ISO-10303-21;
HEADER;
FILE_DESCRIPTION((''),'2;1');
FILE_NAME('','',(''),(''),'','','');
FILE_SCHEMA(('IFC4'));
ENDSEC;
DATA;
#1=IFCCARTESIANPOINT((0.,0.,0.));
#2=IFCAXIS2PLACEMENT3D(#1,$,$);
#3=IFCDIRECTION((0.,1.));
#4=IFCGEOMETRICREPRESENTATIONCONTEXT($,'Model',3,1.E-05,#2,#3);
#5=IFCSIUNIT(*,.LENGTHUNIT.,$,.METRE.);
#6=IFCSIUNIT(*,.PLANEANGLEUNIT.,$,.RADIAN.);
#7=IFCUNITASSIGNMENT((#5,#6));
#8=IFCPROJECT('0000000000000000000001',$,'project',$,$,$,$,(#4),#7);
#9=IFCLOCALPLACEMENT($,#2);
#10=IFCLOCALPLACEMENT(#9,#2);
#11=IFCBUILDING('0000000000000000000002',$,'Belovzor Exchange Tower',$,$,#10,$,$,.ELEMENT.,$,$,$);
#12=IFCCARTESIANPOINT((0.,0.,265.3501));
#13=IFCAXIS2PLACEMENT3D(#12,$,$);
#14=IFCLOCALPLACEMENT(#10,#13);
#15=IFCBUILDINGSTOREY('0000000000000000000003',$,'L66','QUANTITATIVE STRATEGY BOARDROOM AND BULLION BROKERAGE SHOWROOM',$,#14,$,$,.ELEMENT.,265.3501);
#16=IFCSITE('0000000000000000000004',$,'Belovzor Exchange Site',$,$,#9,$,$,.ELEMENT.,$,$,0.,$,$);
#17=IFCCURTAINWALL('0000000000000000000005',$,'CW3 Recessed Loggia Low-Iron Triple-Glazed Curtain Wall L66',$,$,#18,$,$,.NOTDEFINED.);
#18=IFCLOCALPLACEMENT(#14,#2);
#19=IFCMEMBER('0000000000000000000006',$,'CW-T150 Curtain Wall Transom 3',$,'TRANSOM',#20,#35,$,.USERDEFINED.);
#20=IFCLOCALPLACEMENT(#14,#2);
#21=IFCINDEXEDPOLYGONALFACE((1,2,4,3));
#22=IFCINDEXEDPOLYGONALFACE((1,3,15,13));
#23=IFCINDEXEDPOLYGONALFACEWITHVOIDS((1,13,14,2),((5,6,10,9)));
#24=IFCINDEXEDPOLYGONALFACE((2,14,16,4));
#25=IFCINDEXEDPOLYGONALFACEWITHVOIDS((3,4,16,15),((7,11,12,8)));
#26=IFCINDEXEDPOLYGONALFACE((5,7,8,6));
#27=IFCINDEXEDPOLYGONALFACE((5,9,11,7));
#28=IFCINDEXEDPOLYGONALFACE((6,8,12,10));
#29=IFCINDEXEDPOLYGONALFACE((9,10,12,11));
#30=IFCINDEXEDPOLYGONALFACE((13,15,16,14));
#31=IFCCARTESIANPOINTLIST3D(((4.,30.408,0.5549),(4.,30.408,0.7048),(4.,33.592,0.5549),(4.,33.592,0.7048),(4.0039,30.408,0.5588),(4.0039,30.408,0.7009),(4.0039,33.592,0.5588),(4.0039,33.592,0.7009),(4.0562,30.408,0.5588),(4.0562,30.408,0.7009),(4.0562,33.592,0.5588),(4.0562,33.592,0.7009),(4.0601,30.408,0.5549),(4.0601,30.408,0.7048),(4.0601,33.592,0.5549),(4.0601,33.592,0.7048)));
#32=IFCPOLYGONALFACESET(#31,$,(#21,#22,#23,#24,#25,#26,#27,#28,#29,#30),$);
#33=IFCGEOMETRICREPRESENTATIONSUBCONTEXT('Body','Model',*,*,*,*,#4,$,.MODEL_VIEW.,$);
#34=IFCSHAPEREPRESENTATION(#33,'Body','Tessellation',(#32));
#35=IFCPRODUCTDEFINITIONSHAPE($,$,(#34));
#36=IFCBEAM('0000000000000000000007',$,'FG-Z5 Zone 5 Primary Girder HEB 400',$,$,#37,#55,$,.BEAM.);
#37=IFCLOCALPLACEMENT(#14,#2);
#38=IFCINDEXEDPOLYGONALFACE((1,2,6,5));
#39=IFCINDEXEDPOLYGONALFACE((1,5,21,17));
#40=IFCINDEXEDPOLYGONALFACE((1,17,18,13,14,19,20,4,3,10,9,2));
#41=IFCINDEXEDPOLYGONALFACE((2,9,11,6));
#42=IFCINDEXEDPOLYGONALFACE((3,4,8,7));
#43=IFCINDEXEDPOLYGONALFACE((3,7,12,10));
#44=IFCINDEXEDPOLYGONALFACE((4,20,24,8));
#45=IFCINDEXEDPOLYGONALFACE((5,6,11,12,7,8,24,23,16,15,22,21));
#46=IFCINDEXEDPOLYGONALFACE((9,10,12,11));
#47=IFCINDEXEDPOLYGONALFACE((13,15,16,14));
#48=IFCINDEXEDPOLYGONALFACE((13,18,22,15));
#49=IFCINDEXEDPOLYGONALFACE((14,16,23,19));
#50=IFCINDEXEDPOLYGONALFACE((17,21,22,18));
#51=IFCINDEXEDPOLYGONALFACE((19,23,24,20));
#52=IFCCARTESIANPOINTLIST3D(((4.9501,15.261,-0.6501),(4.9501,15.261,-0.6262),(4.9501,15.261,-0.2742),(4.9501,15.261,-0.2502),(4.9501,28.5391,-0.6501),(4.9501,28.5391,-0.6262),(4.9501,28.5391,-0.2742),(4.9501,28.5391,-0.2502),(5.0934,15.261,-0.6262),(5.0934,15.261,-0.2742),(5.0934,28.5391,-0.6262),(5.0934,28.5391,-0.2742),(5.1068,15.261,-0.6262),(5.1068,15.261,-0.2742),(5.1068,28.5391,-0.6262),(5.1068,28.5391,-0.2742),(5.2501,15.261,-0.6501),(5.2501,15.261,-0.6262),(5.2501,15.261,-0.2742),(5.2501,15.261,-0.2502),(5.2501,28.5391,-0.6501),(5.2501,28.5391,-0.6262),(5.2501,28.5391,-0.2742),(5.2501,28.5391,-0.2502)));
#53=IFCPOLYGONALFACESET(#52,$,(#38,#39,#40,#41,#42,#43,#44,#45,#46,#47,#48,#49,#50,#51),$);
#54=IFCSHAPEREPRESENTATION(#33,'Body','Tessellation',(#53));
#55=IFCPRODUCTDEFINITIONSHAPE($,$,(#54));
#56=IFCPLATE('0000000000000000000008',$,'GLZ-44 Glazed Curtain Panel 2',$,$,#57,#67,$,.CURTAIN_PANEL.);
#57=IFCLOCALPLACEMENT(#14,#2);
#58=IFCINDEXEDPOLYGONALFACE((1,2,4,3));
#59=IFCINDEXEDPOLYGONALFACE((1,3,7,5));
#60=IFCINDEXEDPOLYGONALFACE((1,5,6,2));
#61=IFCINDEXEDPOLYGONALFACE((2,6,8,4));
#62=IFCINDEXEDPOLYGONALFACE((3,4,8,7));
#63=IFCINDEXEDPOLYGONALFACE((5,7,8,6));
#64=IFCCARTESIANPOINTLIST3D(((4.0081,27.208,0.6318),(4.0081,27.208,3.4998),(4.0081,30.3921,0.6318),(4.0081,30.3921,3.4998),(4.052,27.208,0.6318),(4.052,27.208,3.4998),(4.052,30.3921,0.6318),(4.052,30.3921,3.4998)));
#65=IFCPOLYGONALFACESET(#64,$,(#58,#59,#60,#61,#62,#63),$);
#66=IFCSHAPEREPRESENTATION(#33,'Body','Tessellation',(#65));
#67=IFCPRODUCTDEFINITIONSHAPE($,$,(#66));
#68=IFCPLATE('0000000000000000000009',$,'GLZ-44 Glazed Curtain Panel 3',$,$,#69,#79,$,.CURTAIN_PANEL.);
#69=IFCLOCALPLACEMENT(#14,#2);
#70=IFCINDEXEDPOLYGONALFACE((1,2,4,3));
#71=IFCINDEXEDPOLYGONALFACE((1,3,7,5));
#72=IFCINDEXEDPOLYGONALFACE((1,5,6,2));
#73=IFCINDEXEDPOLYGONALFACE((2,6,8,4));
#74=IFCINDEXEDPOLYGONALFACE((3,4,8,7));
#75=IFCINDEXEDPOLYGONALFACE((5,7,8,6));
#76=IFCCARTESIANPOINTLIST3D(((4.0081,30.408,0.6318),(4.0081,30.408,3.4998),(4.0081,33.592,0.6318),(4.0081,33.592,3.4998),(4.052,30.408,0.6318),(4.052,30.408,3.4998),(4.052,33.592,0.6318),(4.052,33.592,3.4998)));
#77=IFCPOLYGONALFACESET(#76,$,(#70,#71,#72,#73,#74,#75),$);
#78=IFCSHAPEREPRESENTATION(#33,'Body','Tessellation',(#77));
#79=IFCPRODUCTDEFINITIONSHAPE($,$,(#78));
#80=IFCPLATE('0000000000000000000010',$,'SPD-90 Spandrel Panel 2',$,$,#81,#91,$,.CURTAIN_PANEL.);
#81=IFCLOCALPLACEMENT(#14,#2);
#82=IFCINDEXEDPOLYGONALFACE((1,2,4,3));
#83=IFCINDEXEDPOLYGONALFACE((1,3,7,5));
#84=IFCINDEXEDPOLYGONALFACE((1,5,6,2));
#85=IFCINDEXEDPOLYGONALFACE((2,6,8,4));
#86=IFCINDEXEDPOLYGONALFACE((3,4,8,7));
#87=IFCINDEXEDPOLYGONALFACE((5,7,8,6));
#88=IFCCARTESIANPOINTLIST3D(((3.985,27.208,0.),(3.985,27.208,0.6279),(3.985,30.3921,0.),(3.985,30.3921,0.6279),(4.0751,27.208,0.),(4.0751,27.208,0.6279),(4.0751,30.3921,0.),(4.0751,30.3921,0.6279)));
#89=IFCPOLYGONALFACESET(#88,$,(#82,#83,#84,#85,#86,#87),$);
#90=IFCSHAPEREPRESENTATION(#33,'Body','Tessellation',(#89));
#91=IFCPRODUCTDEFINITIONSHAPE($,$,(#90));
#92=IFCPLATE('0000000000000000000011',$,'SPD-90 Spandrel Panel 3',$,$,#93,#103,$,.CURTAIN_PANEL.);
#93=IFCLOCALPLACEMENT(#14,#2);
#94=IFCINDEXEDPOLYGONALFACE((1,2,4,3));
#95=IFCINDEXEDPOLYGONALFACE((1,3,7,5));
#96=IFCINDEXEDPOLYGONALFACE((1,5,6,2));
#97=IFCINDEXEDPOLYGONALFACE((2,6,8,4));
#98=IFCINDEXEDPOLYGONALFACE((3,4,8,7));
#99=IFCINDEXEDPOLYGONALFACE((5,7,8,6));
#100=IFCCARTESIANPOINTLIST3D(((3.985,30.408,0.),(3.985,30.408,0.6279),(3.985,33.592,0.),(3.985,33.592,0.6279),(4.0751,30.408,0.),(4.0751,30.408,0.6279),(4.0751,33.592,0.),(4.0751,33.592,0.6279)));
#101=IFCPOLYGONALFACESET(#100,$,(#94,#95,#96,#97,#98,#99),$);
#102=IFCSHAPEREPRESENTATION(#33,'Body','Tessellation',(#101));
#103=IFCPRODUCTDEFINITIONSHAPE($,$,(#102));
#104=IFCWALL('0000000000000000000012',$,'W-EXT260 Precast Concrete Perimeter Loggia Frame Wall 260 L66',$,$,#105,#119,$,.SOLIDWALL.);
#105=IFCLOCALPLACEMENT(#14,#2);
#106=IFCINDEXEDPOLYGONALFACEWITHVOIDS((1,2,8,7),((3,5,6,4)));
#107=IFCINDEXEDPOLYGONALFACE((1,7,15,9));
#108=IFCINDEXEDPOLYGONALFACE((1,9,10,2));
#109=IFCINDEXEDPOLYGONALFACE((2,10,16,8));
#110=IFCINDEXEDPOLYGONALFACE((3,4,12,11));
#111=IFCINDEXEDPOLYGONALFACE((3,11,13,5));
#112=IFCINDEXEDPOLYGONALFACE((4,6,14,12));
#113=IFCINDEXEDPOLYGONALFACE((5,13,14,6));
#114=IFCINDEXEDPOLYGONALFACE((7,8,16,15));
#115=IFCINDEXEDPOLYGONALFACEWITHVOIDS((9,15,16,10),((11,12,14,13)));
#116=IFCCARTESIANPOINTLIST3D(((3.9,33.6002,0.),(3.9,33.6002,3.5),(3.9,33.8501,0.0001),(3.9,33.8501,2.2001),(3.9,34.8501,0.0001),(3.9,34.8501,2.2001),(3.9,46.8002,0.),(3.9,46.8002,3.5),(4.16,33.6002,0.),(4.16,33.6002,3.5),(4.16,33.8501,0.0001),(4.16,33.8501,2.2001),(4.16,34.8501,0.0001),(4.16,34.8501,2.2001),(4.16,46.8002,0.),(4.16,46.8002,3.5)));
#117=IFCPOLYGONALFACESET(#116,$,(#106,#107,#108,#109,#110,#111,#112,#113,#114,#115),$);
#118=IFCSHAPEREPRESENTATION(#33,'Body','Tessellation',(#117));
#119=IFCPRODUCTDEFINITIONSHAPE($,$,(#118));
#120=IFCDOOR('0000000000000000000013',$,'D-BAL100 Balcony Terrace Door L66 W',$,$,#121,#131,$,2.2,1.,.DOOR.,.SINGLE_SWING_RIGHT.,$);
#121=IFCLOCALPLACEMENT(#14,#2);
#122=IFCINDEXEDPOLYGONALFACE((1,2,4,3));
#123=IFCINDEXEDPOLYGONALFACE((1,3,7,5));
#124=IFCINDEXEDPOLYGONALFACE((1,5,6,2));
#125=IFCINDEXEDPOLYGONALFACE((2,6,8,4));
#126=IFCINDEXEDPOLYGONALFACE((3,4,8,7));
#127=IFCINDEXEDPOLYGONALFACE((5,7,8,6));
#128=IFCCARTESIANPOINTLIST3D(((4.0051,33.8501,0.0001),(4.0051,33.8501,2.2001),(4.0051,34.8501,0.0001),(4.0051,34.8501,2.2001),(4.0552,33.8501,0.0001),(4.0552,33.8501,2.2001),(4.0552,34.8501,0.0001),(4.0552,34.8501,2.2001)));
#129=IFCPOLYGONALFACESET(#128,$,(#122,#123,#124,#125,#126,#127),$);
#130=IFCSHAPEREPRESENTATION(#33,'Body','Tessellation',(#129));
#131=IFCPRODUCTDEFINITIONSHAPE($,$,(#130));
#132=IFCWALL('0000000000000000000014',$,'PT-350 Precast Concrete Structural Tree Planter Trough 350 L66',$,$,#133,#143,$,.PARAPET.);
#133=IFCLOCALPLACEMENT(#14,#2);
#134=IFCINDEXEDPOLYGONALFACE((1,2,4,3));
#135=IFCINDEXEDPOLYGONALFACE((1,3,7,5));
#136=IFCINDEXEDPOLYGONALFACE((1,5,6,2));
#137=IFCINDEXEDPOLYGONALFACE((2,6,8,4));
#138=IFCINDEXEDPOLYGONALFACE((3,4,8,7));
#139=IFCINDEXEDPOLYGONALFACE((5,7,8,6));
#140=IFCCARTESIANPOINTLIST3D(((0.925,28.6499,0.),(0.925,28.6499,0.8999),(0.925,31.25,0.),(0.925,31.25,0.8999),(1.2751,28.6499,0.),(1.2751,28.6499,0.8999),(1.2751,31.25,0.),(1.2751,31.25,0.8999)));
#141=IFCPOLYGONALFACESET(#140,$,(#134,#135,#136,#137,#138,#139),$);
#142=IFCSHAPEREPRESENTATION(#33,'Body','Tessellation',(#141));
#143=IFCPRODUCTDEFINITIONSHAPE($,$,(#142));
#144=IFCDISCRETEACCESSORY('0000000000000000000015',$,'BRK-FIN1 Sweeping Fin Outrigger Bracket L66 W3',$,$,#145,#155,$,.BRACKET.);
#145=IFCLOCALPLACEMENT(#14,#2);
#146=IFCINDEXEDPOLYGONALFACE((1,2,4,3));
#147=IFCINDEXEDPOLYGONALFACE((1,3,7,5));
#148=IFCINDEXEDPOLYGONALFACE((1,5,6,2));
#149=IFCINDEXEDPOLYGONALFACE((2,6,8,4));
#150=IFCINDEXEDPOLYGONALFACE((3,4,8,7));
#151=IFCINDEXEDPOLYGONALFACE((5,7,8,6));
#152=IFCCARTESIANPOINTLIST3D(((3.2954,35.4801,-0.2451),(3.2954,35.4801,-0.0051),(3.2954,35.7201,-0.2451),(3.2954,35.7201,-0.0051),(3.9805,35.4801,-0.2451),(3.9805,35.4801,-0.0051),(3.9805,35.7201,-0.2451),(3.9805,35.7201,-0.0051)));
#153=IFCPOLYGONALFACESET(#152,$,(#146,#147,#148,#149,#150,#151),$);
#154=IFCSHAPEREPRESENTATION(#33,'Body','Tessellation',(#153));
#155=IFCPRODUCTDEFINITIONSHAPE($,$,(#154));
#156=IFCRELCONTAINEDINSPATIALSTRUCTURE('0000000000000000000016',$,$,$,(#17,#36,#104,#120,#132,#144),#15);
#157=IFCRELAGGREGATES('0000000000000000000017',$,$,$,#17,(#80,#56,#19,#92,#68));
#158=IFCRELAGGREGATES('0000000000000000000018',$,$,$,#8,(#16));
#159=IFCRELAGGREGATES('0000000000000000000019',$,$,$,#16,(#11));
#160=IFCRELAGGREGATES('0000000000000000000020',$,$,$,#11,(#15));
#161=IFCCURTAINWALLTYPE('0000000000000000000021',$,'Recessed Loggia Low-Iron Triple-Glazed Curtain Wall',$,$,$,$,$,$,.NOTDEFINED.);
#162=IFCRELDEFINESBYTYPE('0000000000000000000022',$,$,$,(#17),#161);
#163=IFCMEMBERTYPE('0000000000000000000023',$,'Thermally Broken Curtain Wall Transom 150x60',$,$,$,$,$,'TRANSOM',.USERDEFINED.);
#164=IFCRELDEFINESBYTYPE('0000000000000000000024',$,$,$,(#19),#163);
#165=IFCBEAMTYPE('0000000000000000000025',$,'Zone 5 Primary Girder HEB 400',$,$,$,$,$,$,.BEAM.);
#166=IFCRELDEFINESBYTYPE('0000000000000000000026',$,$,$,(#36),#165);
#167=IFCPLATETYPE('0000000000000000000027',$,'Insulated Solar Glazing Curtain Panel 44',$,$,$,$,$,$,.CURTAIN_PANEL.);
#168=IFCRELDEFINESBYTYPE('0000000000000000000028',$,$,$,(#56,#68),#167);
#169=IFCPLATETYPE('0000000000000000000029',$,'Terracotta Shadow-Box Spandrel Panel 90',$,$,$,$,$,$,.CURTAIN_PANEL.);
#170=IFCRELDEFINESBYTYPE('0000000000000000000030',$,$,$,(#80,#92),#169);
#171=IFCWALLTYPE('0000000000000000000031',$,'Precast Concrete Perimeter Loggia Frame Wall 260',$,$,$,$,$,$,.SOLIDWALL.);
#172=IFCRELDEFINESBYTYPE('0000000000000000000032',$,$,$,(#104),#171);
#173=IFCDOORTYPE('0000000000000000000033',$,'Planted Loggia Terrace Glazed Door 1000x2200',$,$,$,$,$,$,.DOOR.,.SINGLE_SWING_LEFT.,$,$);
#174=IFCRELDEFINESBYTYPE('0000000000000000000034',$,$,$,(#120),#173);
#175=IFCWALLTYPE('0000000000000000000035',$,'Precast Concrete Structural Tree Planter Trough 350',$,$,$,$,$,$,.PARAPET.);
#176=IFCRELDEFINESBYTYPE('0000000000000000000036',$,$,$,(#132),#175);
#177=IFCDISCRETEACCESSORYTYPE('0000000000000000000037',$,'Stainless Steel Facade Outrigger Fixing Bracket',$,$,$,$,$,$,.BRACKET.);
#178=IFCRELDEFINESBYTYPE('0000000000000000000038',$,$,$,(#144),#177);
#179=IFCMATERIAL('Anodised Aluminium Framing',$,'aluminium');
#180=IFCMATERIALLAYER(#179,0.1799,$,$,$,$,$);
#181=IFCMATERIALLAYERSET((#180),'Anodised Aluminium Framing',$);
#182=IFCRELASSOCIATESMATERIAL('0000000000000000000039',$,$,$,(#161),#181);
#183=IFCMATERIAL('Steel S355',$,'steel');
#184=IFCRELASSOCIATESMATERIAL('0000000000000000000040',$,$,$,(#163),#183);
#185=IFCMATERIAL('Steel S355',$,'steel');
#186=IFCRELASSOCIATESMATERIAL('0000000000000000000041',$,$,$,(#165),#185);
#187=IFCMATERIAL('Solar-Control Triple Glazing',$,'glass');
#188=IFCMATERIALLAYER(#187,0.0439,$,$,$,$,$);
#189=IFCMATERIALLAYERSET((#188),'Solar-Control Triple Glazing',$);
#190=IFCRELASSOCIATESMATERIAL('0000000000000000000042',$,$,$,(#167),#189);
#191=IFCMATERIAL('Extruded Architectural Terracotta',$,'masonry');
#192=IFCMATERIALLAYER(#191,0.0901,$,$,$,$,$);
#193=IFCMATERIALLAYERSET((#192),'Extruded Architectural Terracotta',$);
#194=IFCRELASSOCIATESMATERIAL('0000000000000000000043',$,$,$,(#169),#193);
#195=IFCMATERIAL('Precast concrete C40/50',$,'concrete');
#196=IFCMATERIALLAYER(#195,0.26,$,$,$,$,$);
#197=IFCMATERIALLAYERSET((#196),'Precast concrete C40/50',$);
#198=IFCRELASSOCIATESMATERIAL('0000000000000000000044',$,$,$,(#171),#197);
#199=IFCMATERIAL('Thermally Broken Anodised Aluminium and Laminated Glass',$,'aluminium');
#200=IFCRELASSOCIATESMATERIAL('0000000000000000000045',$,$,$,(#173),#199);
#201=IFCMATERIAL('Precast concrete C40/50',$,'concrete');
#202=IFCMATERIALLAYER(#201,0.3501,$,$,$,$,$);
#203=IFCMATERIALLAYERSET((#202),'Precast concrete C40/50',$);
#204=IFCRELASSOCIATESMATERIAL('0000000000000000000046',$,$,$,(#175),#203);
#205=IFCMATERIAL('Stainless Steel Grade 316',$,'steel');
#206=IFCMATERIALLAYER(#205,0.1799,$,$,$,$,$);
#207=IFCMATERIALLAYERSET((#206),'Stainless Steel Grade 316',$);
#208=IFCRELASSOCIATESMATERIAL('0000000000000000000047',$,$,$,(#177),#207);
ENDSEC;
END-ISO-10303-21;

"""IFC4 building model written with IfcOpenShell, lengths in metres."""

from ifc_helpers import new_model, si_unit, direction, frame, frame_2d, origin, origin_2d, place, context, subcontext, project, spatial, rectangle, hollow_rectangle, i_section, extrude, material, layer, layer_set, material_profile, profile_set, type_object, element, fill, aggregate, save


model = new_model("IFC4")

# Units and contexts
model_context = context("Model", 3, precision=1e-05, world=origin(), true_north=direction((0.0, 1.0)))
body_context = subcontext(model_context, "Body", "Model", "MODEL_VIEW")
ifc_project = project(units=[si_unit("LENGTHUNIT", "METRE"), si_unit("PLANEANGLEUNIT", "RADIAN")], contexts=[model_context])

# Site, building, storey
site_placement = place(None, origin())
site = spatial("IfcSite", under=ifc_project, at=site_placement, Name="Belovzor Exchange Site", CompositionType="ELEMENT", RefElevation=0.0)
building_placement = place(site_placement, origin())
building = spatial("IfcBuilding", under=site, at=building_placement, Name="Belovzor Exchange Tower", CompositionType="ELEMENT")
storey_placement = place(building_placement, frame((0.0, 0.0, 265.3501)))
storey = spatial("IfcBuildingStorey", under=building, at=storey_placement, Name="L66", Description="QUANTITATIVE STRATEGY BOARDROOM AND BULLION BROKERAGE SHOWROOM", CompositionType="ELEMENT", Elevation=265.3501)

# Curtain wall, member
ifc_material_1 = material(Name="Anodised Aluminium Framing", Category="aluminium")
ifc_layer_1 = layer(ifc_material_1, 0.1799)
ifc_layer_set_1 = layer_set([ifc_layer_1], Name="Anodised Aluminium Framing")
curtain_wall_type = type_object("IfcCurtainWallType", Name="Recessed Loggia Low-Iron Triple-Glazed Curtain Wall", PredefinedType="NOTDEFINED", material=ifc_layer_set_1)
curtain_wall_placement = place(storey_placement, origin())
curtain_wall = element("IfcCurtainWall", 1, at=curtain_wall_placement, inside=storey, type_object=curtain_wall_type, Name="CW3 Recessed Loggia Low-Iron Triple-Glazed Curtain Wall L66", PredefinedType="NOTDEFINED")
ifc_material_2 = material(Name="Steel S355", Category="steel")
ifc_material_profile_1 = material_profile(ifc_material_2, hollow_rectangle(XDim=0.0601, YDim=0.1499, WallThickness=0.0039, at=origin_2d()))
ifc_profile_set_1 = profile_set([ifc_material_profile_1], Name="Steel S355")
member_type_1 = type_object("IfcMemberType", Name="Thermally Broken Curtain Wall Transom 150x60", ElementType="TRANSOM", PredefinedType="USERDEFINED", material=ifc_profile_set_1)
member_1_placement = place(storey_placement, frame((4.03, 30.408, 0.6299), z_axis=(0.0, 1.0, 0.0), x_axis=(-1.0, 0.0, 0.0)))
member_1 = element("IfcMember", 2, at=member_1_placement, type_object=member_type_1, Name="CW-T150 Curtain Wall Transom 3", ObjectType="TRANSOM", PredefinedType="USERDEFINED", context=body_context, shape_type="SweptSolid", body=[
    extrude(hollow_rectangle(XDim=0.0601, YDim=0.1499, WallThickness=0.0039, at=origin_2d()), origin(), (0.0, 0.0, 1.0), 3.1841),
])

# Beam
ifc_material_3 = material(Name="Steel S355", Category="steel")
ifc_material_profile_2 = material_profile(ifc_material_3, i_section(OverallWidth=0.3, OverallDepth=0.3999, WebThickness=0.0134, FlangeThickness=0.0239, at=origin_2d()))
ifc_profile_set_2 = profile_set([ifc_material_profile_2], Name="Steel S355")
beam_type_1 = type_object("IfcBeamType", Name="Zone 5 Primary Girder HEB 400", PredefinedType="BEAM", material=ifc_profile_set_2)
beam_1_placement = place(storey_placement, frame((5.1001, 28.5391, -0.4502), z_axis=(0.0, -1.0, 0.0), x_axis=(1.0, 0.0, 0.0)))
element("IfcBeam", 3, at=beam_1_placement, inside=storey, type_object=beam_type_1, Name="FG-Z5 Zone 5 Primary Girder HEB 400", PredefinedType="BEAM", context=body_context, shape_type="SweptSolid", body=[
    extrude(i_section(OverallWidth=0.3, OverallDepth=0.3999, WebThickness=0.0134, FlangeThickness=0.0239, at=origin_2d()), origin(), (0.0, 0.0, 1.0), 13.2781),
])

# Plates
ifc_material_4 = material(Name="Solar-Control Triple Glazing", Category="glass")
ifc_layer_2 = layer(ifc_material_4, 0.0439)
ifc_layer_set_2 = layer_set([ifc_layer_2], Name="Solar-Control Triple Glazing")
plate_type_1 = type_object("IfcPlateType", Name="Insulated Solar Glazing Curtain Panel 44", PredefinedType="CURTAIN_PANEL", material=ifc_layer_set_2)
plate_1_placement = place(storey_placement, frame((4.03, 28.8, 0.6318), z_axis=(0.0, 0.0, 1.0), x_axis=(0.0, 1.0, 0.0)))
plate_1 = element("IfcPlate", 4, at=plate_1_placement, type_object=plate_type_1, Name="GLZ-44 Glazed Curtain Panel 2", PredefinedType="CURTAIN_PANEL", context=body_context, shape_type="SweptSolid", body=[
    extrude(rectangle(XDim=3.1841, YDim=0.0439, at=origin_2d()), origin(), (0.0, 0.0, 1.0), 2.8679),
])
plate_2_placement = place(storey_placement, frame((4.03, 32.0, 0.6318), z_axis=(0.0, 0.0, 1.0), x_axis=(0.0, 1.0, 0.0)))
plate_2 = element("IfcPlate", 5, at=plate_2_placement, type_object=plate_type_1, Name="GLZ-44 Glazed Curtain Panel 3", PredefinedType="CURTAIN_PANEL", context=body_context, shape_type="SweptSolid", body=[
    extrude(rectangle(XDim=3.1841, YDim=0.0439, at=origin_2d()), origin(), (0.0, 0.0, 1.0), 2.8679),
])
ifc_material_5 = material(Name="Extruded Architectural Terracotta", Category="masonry")
ifc_layer_3 = layer(ifc_material_5, 0.0901)
ifc_layer_set_3 = layer_set([ifc_layer_3], Name="Extruded Architectural Terracotta")
plate_type_2 = type_object("IfcPlateType", Name="Terracotta Shadow-Box Spandrel Panel 90", PredefinedType="CURTAIN_PANEL", material=ifc_layer_set_3)
plate_3_placement = place(storey_placement, frame((4.03, 28.8, 0.0), z_axis=(0.0, 0.0, 1.0), x_axis=(0.0, 1.0, 0.0)))
plate_3 = element("IfcPlate", 6, at=plate_3_placement, type_object=plate_type_2, Name="SPD-90 Spandrel Panel 2", PredefinedType="CURTAIN_PANEL", context=body_context, shape_type="SweptSolid", body=[
    extrude(rectangle(XDim=3.1841, YDim=0.0901, at=origin_2d()), origin(), (0.0, 0.0, 1.0), 0.6279),
])
plate_4_placement = place(storey_placement, frame((4.03, 32.0, 0.0), z_axis=(0.0, 0.0, 1.0), x_axis=(0.0, 1.0, 0.0)))
plate_4 = element("IfcPlate", 7, at=plate_4_placement, type_object=plate_type_2, Name="SPD-90 Spandrel Panel 3", PredefinedType="CURTAIN_PANEL", context=body_context, shape_type="SweptSolid", body=[
    extrude(rectangle(XDim=3.1841, YDim=0.0901, at=origin_2d()), origin(), (0.0, 0.0, 1.0), 0.6279),
])
aggregate(curtain_wall, [plate_3, plate_1, member_1, plate_4, plate_2])

# Wall, opening, door
ifc_material_6 = material(Name="Precast concrete C40/50", Category="concrete")
ifc_layer_4 = layer(ifc_material_6, 0.26)
ifc_layer_set_4 = layer_set([ifc_layer_4], Name="Precast concrete C40/50")
wall_type_1 = type_object("IfcWallType", Name="Precast Concrete Perimeter Loggia Frame Wall 260", PredefinedType="SOLIDWALL", material=ifc_layer_set_4)
wall_1_placement = place(storey_placement, frame((4.03, 33.6001, 0.0), z_axis=(0.0, 0.0, 1.0), x_axis=(0.0, 1.0, 0.0)))
wall_1 = element("IfcWall", 8, at=wall_1_placement, inside=storey, type_object=wall_type_1, Name="W-EXT260 Precast Concrete Perimeter Loggia Frame Wall 260 L66", PredefinedType="SOLIDWALL", context=body_context, shape_type="SweptSolid", body=[
    extrude(rectangle(XDim=13.2, YDim=0.26, at=frame_2d((6.6001, 0.0))), origin(), (0.0, 0.0, 1.0), 3.5),
])
opening_placement = place(wall_1_placement, frame((0.25, 0.0, 0.0)))
opening = element("IfcOpeningElement", 9, at=opening_placement, cuts=wall_1, PredefinedType="OPENING", context=body_context, shape_type="SweptSolid", body=[
    extrude(rectangle(XDim=1.0, YDim=2.2, at=frame_2d((0.5, 1.1001))), frame((0.0, 0.1399, 0.0), z_axis=(0.0, -1.0, 0.0), x_axis=(1.0, 0.0, 0.0)), (0.0, 0.0, 1.0), 0.28),
])
ifc_material_7 = material(Name="Thermally Broken Anodised Aluminium and Laminated Glass", Category="aluminium")
door_type = type_object("IfcDoorType", Name="Planted Loggia Terrace Glazed Door 1000x2200", OperationType="SINGLE_SWING_LEFT", PredefinedType="DOOR", material=ifc_material_7)
door_placement = place(opening_placement, origin())
door = element("IfcDoor", 10, at=door_placement, inside=storey, type_object=door_type, Name="D-BAL100 Balcony Terrace Door L66 W", OperationType="SINGLE_SWING_RIGHT", OverallHeight=2.2, OverallWidth=1.0, PredefinedType="DOOR", context=body_context, shape_type="SweptSolid", body=[
    extrude(rectangle(XDim=1.0, YDim=2.2, at=frame_2d((0.5, 1.1001))), frame((0.0, 0.0249, 0.0), z_axis=(0.0, -1.0, 0.0), x_axis=(1.0, 0.0, 0.0)), (0.0, 0.0, 1.0), 0.05),
])
fill(opening, door)

# Wall
ifc_material_8 = material(Name="Precast concrete C40/50", Category="concrete")
ifc_layer_5 = layer(ifc_material_8, 0.3501)
ifc_layer_set_5 = layer_set([ifc_layer_5], Name="Precast concrete C40/50")
wall_type_2 = type_object("IfcWallType", Name="Precast Concrete Structural Tree Planter Trough 350", PredefinedType="PARAPET", material=ifc_layer_set_5)
wall_2_placement = place(storey_placement, frame((1.1001, 28.6499, 0.0), z_axis=(0.0, 0.0, 1.0), x_axis=(0.0, 1.0, 0.0)))
element("IfcWall", 11, at=wall_2_placement, inside=storey, type_object=wall_type_2, Name="PT-350 Precast Concrete Structural Tree Planter Trough 350 L66", PredefinedType="PARAPET", context=body_context, shape_type="SweptSolid", body=[
    extrude(rectangle(XDim=2.6001, YDim=0.3501, at=frame_2d((1.3, 0.0))), origin(), (0.0, 0.0, 1.0), 0.8999),
])

# Discrete accessory
ifc_material_9 = material(Name="Stainless Steel Grade 316", Category="steel")
ifc_layer_6 = layer(ifc_material_9, 0.1799)
ifc_layer_set_6 = layer_set([ifc_layer_6], Name="Stainless Steel Grade 316")
discrete_accessory_type = type_object("IfcDiscreteAccessoryType", Name="Stainless Steel Facade Outrigger Fixing Bracket", PredefinedType="BRACKET", material=ifc_layer_set_6)
discrete_accessory_placement = place(storey_placement, frame((3.6379, 35.6001, -0.2451), z_axis=(0.0, 0.0, 1.0), x_axis=(1.0, 0.0, 0.0)))
element("IfcDiscreteAccessory", 12, at=discrete_accessory_placement, inside=storey, type_object=discrete_accessory_type, Name="BRK-FIN1 Sweeping Fin Outrigger Bracket L66 W3", PredefinedType="BRACKET", context=body_context, shape_type="SweptSolid", body=[
    extrude(rectangle(XDim=0.6851, YDim=0.24, at=origin_2d()), origin(), (0.0, 0.0, 1.0), 0.24),
])

save(model, "model.ifc")
